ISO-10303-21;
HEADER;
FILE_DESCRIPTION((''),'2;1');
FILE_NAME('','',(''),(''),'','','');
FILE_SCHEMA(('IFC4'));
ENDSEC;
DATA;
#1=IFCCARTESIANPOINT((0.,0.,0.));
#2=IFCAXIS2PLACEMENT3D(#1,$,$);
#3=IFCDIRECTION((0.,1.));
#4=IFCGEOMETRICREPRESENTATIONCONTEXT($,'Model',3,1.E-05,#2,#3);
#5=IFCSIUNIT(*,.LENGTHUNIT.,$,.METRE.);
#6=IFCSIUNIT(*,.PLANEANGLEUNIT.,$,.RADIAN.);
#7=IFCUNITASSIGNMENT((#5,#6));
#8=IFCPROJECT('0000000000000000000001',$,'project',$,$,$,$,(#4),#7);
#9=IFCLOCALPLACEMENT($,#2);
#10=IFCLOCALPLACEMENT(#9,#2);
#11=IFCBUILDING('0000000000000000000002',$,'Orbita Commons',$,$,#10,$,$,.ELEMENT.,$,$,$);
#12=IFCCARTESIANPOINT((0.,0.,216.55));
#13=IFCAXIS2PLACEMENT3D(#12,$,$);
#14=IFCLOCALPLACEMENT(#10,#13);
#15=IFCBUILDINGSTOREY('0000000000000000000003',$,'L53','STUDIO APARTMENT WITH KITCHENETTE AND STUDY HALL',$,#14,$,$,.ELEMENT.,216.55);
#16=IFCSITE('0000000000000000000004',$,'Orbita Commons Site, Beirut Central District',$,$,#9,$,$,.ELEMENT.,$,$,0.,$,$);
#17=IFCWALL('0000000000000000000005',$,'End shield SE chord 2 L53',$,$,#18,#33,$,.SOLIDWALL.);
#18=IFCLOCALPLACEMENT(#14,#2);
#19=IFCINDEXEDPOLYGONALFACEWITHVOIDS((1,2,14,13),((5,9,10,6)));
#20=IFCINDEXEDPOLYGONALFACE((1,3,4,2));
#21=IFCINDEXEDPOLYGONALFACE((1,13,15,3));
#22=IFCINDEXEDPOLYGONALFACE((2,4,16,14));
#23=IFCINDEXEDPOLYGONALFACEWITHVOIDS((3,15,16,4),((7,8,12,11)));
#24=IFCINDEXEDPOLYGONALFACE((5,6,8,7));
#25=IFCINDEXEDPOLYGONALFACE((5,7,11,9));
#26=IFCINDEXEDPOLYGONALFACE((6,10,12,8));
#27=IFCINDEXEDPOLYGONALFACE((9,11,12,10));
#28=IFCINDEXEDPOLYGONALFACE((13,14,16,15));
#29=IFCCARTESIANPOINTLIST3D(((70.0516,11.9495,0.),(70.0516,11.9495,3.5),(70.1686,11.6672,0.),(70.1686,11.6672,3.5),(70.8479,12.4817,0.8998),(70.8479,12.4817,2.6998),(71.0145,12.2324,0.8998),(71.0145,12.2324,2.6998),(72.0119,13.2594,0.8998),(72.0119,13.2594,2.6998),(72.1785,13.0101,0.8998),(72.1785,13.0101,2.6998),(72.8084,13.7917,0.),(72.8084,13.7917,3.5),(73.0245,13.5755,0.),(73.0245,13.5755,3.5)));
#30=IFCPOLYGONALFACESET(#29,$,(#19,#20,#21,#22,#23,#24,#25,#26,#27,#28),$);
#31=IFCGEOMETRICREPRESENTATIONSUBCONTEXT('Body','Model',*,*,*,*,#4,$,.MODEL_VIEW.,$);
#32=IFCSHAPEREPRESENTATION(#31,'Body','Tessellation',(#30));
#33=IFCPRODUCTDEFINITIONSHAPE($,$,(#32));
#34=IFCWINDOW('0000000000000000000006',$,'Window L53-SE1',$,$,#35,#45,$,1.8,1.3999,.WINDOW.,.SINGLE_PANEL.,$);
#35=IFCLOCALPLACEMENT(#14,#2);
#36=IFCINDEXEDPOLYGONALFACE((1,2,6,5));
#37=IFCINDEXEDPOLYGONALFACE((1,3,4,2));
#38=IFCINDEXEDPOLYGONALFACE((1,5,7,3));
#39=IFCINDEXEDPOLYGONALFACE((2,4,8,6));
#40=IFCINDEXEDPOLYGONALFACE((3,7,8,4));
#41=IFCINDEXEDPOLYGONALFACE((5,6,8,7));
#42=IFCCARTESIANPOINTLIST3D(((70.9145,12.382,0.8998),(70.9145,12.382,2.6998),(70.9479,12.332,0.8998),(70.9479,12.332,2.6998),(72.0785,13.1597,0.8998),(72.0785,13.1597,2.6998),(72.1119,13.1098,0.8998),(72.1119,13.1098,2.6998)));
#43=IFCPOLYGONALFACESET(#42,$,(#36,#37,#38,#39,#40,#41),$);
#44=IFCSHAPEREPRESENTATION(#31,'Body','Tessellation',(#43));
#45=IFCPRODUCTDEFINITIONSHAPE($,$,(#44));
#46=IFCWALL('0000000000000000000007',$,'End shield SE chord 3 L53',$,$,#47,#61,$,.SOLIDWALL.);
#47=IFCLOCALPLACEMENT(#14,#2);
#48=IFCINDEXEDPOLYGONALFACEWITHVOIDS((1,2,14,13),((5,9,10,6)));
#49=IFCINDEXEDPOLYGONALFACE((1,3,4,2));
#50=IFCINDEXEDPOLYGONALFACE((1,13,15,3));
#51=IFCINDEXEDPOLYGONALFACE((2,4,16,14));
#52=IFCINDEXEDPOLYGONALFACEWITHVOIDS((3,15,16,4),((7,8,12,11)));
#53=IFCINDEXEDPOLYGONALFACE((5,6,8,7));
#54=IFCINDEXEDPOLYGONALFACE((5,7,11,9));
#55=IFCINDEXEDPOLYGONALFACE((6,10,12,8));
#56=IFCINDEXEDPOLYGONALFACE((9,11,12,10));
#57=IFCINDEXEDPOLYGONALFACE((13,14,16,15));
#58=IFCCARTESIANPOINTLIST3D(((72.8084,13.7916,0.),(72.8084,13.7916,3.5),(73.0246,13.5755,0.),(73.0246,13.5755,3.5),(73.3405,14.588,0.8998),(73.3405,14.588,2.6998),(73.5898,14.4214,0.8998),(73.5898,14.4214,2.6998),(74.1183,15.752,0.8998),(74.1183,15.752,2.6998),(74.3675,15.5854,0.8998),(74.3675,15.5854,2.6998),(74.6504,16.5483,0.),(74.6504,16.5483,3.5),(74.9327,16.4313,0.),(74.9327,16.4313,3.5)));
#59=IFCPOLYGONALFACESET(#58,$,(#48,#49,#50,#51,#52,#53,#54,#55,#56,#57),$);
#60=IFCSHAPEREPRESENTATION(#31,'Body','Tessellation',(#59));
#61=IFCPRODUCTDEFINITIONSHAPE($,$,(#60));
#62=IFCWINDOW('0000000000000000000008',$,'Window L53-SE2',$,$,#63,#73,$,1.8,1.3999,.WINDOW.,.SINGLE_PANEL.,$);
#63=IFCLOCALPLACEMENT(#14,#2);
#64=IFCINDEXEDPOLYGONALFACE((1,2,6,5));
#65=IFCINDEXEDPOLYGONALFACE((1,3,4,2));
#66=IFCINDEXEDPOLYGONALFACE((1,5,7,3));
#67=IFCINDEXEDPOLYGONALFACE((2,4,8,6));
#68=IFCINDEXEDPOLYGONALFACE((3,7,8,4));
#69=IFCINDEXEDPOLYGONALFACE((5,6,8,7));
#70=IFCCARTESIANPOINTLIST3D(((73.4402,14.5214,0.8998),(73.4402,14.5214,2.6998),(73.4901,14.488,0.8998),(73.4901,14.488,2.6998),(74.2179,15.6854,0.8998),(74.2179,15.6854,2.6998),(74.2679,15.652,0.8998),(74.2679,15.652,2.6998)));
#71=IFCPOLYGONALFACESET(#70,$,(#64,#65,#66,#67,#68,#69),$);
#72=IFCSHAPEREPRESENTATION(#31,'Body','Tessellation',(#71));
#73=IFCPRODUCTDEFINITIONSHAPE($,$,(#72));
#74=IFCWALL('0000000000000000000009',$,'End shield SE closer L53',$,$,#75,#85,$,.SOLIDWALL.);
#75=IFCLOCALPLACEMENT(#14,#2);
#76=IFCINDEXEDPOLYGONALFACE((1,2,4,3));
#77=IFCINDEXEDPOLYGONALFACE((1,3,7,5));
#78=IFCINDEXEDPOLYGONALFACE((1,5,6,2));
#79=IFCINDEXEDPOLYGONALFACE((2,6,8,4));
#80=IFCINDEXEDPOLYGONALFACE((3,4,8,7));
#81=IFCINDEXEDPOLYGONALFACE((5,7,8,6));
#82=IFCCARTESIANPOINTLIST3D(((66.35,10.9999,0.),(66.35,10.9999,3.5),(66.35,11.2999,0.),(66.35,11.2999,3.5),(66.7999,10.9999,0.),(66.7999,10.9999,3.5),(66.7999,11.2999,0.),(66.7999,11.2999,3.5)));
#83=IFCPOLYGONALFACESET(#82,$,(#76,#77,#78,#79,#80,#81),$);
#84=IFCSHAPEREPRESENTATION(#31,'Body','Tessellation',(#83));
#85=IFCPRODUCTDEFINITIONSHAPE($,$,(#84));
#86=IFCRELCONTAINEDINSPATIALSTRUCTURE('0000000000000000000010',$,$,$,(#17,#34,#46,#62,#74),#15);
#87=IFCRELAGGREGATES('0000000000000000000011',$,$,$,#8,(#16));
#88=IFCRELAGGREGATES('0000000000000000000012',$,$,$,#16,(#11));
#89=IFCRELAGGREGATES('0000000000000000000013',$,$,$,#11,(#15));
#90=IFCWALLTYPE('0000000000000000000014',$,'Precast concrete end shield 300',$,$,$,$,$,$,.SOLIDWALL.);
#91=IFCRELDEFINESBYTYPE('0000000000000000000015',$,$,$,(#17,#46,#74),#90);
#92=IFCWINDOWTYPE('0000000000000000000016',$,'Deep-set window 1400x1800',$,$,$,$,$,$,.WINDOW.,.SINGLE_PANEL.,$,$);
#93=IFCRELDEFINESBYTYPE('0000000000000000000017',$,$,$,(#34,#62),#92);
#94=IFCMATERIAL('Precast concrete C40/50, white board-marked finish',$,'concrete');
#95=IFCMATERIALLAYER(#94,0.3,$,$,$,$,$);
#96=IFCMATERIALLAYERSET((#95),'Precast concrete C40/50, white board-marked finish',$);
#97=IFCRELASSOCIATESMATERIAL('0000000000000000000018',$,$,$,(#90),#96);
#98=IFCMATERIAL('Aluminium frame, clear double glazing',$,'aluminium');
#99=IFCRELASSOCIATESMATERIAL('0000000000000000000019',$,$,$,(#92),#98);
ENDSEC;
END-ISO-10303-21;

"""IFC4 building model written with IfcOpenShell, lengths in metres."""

from ifc_helpers import new_model, si_unit, direction, frame, frame_2d, origin, place, context, subcontext, project, spatial, polyline, rectangle, outline, extrude, material, layer, layer_set, type_object, element, fill, save


model = new_model("IFC4")

# Units and contexts
model_context = context("Model", 3, precision=1e-05, world=origin(), true_north=direction((0.0, 1.0)))
body_context = subcontext(model_context, "Body", "Model", "MODEL_VIEW")
ifc_project = project(units=[si_unit("LENGTHUNIT", "METRE"), si_unit("PLANEANGLEUNIT", "RADIAN")], contexts=[model_context])

# Site, building, storey
site_placement = place(None, origin())
site = spatial("IfcSite", under=ifc_project, at=site_placement, Name="Orbita Commons Site, Beirut Central District", CompositionType="ELEMENT", RefElevation=0.0)
building_placement = place(site_placement, origin())
building = spatial("IfcBuilding", under=site, at=building_placement, Name="Orbita Commons", CompositionType="ELEMENT")
storey_placement = place(building_placement, frame((0.0, 0.0, 216.55)))
storey = spatial("IfcBuildingStorey", under=building, at=storey_placement, Name="L53", Description="STUDIO APARTMENT WITH KITCHENETTE AND STUDY HALL", CompositionType="ELEMENT", Elevation=216.55)

# Walls, openings, windows
ifc_material_1 = material(Name="Precast concrete C40/50, white board-marked finish", Category="concrete")
ifc_layer_1 = layer(ifc_material_1, 0.3)
ifc_layer_set_1 = layer_set([ifc_layer_1], Name="Precast concrete C40/50, white board-marked finish")
wall_type_1 = type_object("IfcWallType", Name="Precast concrete end shield 300", PredefinedType="SOLIDWALL", material=ifc_layer_set_1)
ifc_material_2 = material(Name="Aluminium frame, clear double glazing", Category="aluminium")
window_type = type_object("IfcWindowType", Name="Deep-set window 1400x1800", PartitioningType="SINGLE_PANEL", PredefinedType="WINDOW", material=ifc_material_2)
wall_1_placement = place(storey_placement, frame((70.1101, 11.8083, 0.0), z_axis=(0.0, 0.0, 1.0), x_axis=(0.83146, 0.555585, 0.0)))
wall_1 = element("IfcWall", 1, at=wall_1_placement, inside=storey, type_object=wall_type_1, Name="End shield SE chord 2 L53", PredefinedType="SOLIDWALL", context=body_context, shape_type="SweptSolid", body=[
    extrude(outline(polyline([(-0.0298, -0.1499), (3.405, -0.1499), (3.3455, 0.1499), (0.0298, 0.1499), (-0.0298, -0.1499)])), origin(), (0.0, 0.0, 1.0), 3.5),
])
opening_1_placement = place(wall_1_placement, frame((0.9875, 0.0, 0.8999)))
opening_1 = element("IfcOpeningElement", 2, at=opening_1_placement, cuts=wall_1, PredefinedType="OPENING", context=body_context, shape_type="SweptSolid", body=[
    extrude(rectangle(XDim=1.3999, YDim=1.8, at=frame_2d((0.7, 0.8999))), frame((0.0, 0.1599, 0.0), z_axis=(0.0, -1.0, 0.0), x_axis=(1.0, 0.0, 0.0)), (0.0, 0.0, 1.0), 0.3201),
])
window_1_placement = place(opening_1_placement, origin())
window_1 = element("IfcWindow", 3, at=window_1_placement, inside=storey, type_object=window_type, Name="Window L53-SE1", OverallHeight=1.8, OverallWidth=1.3999, PartitioningType="SINGLE_PANEL", PredefinedType="WINDOW", context=body_context, shape_type="SweptSolid", body=[
    extrude(rectangle(XDim=1.3999, YDim=1.8, at=frame_2d((0.7, 0.8999))), frame((0.0, 0.03, 0.0), z_axis=(0.0, -1.0, 0.0), x_axis=(1.0, 0.0, 0.0)), (0.0, 0.0, 1.0), 0.0601),
])
fill(opening_1, window_1)
wall_2_placement = place(storey_placement, frame((72.9165, 13.6836, 0.0), z_axis=(0.0, 0.0, 1.0), x_axis=(0.555568, 0.831471, 0.0)))
wall_2 = element("IfcWall", 4, at=wall_2_placement, inside=storey, type_object=wall_type_1, Name="End shield SE chord 3 L53", PredefinedType="SOLIDWALL", context=body_context, shape_type="SweptSolid", body=[
    extrude(outline(polyline([(-0.0298, -0.1499), (3.4048, -0.1499), (3.3452, 0.1499), (0.0298, 0.1499), (-0.0298, -0.1499)])), origin(), (0.0, 0.0, 1.0), 3.5),
])
opening_2_placement = place(wall_2_placement, frame((0.9875, 0.0, 0.8999)))
opening_2 = element("IfcOpeningElement", 5, at=opening_2_placement, cuts=wall_2, PredefinedType="OPENING", context=body_context, shape_type="SweptSolid", body=[
    extrude(rectangle(XDim=1.3999, YDim=1.8, at=frame_2d((0.7, 0.8999))), frame((0.0, 0.1599, 0.0), z_axis=(0.0, -1.0, 0.0), x_axis=(1.0, 0.0, 0.0)), (0.0, 0.0, 1.0), 0.3201),
])
window_2_placement = place(opening_2_placement, origin())
window_2 = element("IfcWindow", 6, at=window_2_placement, inside=storey, type_object=window_type, Name="Window L53-SE2", OverallHeight=1.8, OverallWidth=1.3999, PartitioningType="SINGLE_PANEL", PredefinedType="WINDOW", context=body_context, shape_type="SweptSolid", body=[
    extrude(rectangle(XDim=1.3999, YDim=1.8, at=frame_2d((0.7, 0.8999))), frame((0.0, 0.03, 0.0), z_axis=(0.0, -1.0, 0.0), x_axis=(1.0, 0.0, 0.0)), (0.0, 0.0, 1.0), 0.0601),
])
fill(opening_2, window_2)

# Wall
wall_3_placement = place(storey_placement, frame((66.8, 11.1499, 0.0), z_axis=(0.0, 0.0, 1.0), x_axis=(-1.0, 0.0, 0.0)))
element("IfcWall", 7, at=wall_3_placement, inside=storey, type_object=wall_type_1, Name="End shield SE closer L53", PredefinedType="SOLIDWALL", context=body_context, shape_type="SweptSolid", body=[
    extrude(rectangle(XDim=0.45, YDim=0.3, at=frame_2d((0.2251, 0.0))), origin(), (0.0, 0.0, 1.0), 3.5),
])

save(model, "model.ifc")
